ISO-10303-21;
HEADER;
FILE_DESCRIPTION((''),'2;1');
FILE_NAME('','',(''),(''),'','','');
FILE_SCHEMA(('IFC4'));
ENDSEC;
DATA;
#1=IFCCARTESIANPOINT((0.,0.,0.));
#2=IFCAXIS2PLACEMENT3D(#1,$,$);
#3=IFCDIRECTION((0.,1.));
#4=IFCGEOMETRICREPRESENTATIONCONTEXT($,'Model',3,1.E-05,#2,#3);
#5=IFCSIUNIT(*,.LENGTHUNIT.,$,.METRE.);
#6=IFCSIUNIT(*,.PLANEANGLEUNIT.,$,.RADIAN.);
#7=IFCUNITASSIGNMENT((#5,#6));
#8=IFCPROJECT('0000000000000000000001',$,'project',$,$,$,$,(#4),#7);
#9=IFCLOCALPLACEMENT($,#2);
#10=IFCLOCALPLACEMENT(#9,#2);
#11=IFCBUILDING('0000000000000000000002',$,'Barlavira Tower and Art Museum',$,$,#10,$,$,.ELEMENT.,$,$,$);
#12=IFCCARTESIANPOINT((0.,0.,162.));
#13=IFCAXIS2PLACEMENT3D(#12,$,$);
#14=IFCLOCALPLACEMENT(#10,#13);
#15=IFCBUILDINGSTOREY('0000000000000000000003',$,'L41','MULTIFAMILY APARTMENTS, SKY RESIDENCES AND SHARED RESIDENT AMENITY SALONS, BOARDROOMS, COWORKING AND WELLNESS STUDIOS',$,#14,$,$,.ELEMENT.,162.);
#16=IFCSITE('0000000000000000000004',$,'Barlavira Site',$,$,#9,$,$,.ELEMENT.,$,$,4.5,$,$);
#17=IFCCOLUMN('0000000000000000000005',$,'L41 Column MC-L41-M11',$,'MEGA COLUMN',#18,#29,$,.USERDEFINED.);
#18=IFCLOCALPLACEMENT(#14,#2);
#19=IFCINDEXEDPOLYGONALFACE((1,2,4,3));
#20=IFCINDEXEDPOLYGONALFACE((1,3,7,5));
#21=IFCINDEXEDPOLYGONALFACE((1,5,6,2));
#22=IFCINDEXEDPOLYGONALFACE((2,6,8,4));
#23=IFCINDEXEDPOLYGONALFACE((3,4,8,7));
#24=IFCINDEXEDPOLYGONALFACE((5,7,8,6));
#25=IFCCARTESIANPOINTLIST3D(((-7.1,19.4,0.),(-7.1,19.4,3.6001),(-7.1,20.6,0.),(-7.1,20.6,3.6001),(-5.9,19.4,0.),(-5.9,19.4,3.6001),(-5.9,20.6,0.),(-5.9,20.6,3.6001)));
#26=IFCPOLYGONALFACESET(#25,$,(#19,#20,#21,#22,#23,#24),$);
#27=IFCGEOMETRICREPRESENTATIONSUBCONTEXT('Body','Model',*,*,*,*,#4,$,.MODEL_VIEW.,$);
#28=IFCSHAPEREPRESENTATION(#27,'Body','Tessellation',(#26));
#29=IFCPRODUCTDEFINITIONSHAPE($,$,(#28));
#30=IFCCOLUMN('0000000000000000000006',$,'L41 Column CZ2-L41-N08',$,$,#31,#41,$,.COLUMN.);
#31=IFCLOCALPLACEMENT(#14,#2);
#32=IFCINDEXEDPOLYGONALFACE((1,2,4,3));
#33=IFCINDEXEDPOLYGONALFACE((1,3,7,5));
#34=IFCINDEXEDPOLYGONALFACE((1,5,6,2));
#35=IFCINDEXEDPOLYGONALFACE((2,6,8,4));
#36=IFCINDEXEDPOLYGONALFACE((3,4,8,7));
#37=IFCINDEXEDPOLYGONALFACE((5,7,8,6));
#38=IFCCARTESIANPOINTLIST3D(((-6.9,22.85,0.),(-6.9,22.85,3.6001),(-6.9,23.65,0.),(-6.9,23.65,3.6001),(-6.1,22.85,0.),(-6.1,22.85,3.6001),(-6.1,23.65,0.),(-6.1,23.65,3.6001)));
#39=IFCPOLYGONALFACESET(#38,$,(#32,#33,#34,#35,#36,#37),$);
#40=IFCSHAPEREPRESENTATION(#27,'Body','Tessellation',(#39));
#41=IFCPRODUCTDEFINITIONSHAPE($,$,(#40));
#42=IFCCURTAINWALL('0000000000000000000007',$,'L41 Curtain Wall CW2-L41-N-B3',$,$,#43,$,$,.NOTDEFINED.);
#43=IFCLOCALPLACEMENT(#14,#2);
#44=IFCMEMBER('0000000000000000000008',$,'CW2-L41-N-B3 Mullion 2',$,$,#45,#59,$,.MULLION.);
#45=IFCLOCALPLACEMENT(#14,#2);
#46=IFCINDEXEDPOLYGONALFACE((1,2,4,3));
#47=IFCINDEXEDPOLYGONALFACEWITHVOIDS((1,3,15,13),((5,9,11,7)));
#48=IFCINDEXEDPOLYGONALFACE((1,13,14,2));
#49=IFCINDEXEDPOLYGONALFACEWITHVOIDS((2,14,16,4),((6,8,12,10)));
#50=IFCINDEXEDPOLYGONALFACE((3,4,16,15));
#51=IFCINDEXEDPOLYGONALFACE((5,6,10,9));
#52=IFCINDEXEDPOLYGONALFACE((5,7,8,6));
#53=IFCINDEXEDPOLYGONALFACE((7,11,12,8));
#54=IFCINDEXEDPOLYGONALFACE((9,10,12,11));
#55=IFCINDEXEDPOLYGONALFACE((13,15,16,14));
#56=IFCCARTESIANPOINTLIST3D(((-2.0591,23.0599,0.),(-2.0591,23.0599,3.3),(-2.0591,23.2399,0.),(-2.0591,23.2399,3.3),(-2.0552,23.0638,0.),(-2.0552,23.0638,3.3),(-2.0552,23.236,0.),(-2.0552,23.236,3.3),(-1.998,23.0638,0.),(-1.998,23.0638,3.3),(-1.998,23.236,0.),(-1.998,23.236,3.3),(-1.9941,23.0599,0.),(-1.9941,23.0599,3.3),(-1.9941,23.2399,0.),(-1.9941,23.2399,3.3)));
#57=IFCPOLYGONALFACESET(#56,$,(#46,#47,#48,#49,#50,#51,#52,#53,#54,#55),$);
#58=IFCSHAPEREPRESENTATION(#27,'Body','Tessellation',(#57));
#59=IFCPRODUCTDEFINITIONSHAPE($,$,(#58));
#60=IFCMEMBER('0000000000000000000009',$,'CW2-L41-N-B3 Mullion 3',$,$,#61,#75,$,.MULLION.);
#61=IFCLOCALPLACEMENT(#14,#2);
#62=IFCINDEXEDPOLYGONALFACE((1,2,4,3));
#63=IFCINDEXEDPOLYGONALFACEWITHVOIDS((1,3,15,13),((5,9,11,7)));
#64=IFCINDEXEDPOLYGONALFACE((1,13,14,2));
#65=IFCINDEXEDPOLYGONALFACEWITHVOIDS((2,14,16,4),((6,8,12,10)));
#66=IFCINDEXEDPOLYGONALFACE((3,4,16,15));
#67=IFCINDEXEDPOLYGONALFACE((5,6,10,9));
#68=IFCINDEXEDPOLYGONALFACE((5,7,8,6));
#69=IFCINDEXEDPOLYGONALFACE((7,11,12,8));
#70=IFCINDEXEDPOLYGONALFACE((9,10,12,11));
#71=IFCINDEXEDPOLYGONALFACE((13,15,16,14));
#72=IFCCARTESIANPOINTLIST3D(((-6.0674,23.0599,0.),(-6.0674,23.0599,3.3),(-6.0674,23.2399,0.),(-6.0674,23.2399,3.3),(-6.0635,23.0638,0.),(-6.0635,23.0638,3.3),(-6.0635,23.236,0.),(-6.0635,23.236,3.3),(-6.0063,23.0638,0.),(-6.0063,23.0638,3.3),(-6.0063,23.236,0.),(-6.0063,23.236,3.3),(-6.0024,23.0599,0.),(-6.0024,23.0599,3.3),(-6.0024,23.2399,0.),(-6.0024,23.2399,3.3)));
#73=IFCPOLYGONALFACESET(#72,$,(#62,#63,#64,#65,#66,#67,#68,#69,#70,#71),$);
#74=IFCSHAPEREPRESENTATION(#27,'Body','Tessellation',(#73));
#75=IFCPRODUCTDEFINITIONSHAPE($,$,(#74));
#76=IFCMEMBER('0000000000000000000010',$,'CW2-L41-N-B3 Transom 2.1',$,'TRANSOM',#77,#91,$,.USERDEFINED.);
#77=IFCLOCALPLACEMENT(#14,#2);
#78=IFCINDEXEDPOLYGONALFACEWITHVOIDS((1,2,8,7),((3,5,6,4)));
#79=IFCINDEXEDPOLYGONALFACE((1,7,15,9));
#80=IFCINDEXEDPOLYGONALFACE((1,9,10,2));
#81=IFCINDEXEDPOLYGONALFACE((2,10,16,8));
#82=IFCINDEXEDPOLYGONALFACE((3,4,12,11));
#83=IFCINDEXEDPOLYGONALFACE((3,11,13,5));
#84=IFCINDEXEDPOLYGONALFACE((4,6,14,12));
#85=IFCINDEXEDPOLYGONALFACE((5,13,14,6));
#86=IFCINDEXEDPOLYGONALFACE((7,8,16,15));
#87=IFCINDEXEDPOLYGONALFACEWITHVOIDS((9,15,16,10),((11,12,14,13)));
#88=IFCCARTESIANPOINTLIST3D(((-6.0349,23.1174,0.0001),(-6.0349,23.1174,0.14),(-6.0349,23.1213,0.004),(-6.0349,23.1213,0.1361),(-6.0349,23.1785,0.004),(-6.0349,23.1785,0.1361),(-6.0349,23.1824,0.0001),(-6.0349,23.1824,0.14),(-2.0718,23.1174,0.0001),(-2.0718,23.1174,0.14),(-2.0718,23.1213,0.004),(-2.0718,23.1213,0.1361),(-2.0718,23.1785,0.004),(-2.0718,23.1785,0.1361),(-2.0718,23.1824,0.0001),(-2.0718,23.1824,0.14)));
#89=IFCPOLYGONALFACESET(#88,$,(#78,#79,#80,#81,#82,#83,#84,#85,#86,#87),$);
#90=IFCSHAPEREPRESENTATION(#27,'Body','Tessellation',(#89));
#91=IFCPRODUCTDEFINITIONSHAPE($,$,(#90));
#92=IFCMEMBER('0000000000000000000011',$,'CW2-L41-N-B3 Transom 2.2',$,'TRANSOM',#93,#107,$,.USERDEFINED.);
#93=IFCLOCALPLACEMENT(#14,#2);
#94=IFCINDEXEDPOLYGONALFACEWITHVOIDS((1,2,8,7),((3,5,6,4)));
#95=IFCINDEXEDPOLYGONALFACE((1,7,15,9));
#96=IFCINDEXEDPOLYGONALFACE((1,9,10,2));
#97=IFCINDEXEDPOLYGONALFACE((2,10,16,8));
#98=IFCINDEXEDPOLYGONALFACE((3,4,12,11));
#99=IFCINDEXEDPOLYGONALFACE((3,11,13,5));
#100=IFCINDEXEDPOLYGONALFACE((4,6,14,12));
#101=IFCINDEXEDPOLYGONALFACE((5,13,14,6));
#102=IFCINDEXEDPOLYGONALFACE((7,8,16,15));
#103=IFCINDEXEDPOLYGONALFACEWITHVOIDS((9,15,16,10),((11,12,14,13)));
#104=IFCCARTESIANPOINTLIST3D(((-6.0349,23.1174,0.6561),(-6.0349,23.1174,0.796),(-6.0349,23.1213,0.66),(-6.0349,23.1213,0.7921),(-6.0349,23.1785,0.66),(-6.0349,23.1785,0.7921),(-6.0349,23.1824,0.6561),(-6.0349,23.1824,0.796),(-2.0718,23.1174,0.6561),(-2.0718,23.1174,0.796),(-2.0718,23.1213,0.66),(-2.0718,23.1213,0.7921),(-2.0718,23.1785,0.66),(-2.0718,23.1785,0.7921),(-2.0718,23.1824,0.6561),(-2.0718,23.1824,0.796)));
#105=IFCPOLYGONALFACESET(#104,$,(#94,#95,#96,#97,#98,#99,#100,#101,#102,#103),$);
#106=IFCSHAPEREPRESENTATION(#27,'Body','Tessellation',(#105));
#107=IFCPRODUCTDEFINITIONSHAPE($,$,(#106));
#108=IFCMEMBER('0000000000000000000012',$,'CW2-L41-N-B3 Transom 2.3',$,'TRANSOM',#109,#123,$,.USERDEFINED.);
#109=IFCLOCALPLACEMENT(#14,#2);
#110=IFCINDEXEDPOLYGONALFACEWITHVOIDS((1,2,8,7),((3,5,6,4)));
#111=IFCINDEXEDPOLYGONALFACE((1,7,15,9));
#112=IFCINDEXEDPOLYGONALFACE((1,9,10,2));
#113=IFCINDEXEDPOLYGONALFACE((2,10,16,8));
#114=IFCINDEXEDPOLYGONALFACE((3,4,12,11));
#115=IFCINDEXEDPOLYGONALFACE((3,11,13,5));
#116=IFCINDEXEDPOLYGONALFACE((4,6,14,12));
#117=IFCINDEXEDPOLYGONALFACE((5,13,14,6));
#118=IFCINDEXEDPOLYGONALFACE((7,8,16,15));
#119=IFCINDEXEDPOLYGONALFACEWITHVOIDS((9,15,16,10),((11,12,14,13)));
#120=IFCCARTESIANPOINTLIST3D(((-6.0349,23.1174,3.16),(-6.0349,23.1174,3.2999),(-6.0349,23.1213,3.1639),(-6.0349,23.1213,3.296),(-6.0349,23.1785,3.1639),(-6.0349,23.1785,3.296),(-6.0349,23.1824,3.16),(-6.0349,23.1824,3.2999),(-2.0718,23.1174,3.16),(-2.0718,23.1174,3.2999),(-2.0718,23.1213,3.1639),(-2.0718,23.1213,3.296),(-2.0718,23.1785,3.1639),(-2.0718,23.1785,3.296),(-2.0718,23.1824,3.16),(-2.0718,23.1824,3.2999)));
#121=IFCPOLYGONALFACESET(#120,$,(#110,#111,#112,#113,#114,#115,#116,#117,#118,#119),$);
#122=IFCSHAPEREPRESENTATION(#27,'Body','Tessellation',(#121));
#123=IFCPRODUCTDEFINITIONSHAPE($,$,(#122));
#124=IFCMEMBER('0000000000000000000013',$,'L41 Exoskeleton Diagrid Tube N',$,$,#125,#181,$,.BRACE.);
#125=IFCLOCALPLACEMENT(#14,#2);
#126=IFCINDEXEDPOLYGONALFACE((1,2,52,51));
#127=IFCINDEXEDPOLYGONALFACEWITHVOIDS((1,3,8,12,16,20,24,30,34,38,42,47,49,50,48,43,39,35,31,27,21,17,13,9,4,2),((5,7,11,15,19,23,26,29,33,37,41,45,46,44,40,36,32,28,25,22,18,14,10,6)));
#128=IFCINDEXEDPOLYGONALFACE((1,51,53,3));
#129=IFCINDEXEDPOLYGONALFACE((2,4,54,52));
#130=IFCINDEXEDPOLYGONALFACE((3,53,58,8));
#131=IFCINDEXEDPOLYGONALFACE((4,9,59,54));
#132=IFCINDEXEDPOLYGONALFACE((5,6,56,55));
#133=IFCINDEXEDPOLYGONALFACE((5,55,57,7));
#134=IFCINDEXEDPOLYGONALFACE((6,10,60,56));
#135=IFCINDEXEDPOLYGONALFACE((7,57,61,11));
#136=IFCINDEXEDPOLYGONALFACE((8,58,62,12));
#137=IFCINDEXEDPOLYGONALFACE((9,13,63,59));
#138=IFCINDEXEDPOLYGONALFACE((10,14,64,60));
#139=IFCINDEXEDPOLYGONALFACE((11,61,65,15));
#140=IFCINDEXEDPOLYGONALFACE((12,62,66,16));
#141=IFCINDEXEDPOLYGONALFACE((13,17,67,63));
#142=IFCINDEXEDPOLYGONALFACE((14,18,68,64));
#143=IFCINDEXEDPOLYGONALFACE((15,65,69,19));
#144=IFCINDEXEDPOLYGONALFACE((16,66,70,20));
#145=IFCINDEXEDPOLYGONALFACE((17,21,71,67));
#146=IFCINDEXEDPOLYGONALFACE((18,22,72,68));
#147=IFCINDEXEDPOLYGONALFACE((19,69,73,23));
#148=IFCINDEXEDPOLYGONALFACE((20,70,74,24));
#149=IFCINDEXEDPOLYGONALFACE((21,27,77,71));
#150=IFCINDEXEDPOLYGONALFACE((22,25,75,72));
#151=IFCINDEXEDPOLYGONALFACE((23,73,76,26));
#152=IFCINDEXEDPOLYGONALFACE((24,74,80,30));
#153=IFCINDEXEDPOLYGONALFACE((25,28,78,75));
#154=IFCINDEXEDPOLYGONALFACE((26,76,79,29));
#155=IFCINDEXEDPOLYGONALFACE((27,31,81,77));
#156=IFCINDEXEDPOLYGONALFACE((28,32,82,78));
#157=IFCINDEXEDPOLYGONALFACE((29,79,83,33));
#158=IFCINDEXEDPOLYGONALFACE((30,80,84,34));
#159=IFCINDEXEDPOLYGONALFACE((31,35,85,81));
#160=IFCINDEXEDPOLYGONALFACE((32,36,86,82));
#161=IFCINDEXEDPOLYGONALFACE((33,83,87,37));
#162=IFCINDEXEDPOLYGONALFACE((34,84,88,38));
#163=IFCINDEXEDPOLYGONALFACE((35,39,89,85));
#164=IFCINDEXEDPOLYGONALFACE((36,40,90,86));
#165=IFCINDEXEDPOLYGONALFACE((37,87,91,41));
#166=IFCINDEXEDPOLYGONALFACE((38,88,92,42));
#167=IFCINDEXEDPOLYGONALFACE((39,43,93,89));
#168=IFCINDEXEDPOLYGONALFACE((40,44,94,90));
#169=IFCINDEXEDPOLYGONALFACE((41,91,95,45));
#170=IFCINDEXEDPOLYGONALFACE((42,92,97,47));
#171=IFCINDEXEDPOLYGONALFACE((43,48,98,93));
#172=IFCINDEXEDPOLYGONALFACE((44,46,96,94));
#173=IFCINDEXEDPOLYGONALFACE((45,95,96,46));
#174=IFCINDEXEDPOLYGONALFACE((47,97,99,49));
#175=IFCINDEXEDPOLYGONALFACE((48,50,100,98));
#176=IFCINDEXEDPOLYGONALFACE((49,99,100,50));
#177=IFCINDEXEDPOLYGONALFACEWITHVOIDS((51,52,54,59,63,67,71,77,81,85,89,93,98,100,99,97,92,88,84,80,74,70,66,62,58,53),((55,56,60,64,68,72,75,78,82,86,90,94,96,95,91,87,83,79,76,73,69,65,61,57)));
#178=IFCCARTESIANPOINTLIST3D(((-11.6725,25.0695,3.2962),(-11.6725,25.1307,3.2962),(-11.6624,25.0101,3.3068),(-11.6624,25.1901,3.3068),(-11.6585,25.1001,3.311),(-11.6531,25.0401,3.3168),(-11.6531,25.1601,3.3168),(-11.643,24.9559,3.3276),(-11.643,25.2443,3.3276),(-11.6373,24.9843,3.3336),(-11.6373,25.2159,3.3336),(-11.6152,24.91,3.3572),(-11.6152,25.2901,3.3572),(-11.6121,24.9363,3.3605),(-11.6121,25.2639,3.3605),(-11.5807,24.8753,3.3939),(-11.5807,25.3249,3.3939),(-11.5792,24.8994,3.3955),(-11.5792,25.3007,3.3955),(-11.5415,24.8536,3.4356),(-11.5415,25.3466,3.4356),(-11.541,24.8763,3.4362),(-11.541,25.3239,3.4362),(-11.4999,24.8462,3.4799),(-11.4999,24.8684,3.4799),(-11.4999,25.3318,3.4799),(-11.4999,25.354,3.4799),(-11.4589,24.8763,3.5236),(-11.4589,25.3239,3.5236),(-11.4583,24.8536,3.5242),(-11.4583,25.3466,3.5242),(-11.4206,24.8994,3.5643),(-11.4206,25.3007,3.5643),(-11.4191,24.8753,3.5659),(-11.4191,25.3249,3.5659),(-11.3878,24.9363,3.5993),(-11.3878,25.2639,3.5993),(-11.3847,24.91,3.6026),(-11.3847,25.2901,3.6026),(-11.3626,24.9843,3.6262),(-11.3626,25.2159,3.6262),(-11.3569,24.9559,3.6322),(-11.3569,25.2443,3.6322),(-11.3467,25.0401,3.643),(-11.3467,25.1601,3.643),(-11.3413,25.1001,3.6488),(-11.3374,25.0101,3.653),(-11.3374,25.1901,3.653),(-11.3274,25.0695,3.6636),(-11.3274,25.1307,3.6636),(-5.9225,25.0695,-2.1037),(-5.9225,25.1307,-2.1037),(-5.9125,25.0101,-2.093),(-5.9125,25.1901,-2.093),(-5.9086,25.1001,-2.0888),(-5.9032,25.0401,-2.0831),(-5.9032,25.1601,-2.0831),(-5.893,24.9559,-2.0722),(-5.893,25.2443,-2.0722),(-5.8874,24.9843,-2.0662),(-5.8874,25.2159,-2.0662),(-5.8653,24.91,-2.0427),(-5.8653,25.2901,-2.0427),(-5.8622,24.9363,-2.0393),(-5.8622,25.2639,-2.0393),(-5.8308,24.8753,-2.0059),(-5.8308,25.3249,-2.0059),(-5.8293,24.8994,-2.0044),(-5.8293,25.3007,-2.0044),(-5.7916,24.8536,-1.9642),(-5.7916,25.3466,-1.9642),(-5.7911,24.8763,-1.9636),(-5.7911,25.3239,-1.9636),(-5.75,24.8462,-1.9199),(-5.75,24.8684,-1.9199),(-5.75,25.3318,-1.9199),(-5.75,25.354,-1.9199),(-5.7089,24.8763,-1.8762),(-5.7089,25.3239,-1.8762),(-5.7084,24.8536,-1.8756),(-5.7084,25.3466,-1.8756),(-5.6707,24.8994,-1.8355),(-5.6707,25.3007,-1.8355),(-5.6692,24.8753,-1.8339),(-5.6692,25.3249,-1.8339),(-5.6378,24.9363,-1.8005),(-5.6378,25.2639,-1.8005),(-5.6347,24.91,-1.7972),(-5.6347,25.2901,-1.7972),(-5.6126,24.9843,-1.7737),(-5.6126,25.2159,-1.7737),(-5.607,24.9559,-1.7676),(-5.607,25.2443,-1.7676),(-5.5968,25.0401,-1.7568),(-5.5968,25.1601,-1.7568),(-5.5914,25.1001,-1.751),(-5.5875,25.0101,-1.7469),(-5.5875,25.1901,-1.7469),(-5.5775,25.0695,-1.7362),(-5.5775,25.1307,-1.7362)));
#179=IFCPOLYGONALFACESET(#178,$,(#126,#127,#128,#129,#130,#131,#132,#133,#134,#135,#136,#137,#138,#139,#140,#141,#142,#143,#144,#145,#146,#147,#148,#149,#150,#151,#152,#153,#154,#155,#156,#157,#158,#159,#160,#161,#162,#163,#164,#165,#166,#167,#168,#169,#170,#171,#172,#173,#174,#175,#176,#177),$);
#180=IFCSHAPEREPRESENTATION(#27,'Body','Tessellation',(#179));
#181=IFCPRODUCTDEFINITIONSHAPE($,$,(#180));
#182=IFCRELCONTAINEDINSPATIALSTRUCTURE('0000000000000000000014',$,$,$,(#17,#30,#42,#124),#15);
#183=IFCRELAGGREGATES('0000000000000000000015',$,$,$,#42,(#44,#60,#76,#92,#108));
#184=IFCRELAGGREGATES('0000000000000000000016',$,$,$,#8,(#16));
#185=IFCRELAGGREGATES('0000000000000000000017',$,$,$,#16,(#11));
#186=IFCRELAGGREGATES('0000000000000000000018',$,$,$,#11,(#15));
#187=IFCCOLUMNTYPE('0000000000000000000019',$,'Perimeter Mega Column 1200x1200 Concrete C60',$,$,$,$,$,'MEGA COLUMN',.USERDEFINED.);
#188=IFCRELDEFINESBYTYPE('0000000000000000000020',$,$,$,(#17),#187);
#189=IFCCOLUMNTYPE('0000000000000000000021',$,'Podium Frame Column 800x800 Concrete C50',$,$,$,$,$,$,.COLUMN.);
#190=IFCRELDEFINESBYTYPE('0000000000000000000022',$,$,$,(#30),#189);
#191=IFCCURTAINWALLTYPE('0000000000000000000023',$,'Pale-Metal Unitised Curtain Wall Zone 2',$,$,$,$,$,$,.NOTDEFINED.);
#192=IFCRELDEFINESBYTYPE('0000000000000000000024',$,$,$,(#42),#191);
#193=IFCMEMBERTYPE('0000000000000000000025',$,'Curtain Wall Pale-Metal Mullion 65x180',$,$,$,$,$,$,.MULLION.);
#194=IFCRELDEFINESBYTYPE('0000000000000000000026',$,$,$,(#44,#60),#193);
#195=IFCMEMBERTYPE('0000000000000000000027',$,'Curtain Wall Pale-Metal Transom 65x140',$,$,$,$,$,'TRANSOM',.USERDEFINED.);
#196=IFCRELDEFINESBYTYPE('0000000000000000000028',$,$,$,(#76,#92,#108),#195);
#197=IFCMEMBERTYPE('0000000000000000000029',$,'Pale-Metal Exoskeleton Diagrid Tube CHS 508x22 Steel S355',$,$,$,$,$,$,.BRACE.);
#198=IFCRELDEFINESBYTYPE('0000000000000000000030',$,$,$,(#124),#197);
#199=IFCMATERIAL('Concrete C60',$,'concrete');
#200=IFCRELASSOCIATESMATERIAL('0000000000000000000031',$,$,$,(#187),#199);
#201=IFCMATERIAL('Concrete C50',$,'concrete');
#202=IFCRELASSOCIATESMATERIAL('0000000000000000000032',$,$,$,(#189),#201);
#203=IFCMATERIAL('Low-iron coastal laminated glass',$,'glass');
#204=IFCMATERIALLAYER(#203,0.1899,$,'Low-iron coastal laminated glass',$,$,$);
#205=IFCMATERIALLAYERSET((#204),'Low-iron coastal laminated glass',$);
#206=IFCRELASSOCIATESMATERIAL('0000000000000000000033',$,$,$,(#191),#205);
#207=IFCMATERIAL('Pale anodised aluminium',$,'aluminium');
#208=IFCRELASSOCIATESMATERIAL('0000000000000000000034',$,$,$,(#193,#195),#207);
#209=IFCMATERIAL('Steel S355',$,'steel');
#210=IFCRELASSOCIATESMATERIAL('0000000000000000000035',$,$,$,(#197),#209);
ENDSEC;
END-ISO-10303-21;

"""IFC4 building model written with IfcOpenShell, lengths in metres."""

from ifc_helpers import new_model, si_unit, direction, frame, origin, origin_2d, place, context, subcontext, project, spatial, rectangle, hollow_rectangle, hollow_circle, extrude, material, layer, layer_set, material_profile, profile_set, type_object, element, aggregate, save


model = new_model("IFC4")

# Units and contexts
model_context = context("Model", 3, precision=1e-05, world=origin(), true_north=direction((0.0, 1.0)))
body_context = subcontext(model_context, "Body", "Model", "MODEL_VIEW")
ifc_project = project(units=[si_unit("LENGTHUNIT", "METRE"), si_unit("PLANEANGLEUNIT", "RADIAN")], contexts=[model_context])

# Site, building, storey
site_placement = place(None, origin())
site = spatial("IfcSite", under=ifc_project, at=site_placement, Name="Barlavira Site", CompositionType="ELEMENT", RefElevation=4.5)
building_placement = place(site_placement, origin())
building = spatial("IfcBuilding", under=site, at=building_placement, Name="Barlavira Tower and Art Museum", CompositionType="ELEMENT")
storey_placement = place(building_placement, frame((0.0, 0.0, 162.0)))
storey = spatial("IfcBuildingStorey", under=building, at=storey_placement, Name="L41", Description="MULTIFAMILY APARTMENTS, SKY RESIDENCES AND SHARED RESIDENT AMENITY SALONS, BOARDROOMS, COWORKING AND WELLNESS STUDIOS", CompositionType="ELEMENT", Elevation=162.0)

# Columns
ifc_material_1 = material(Name="Concrete C60", Category="concrete")
ifc_material_profile_1 = material_profile(ifc_material_1, rectangle(XDim=1.2, YDim=1.2, at=origin_2d()), Name="RC-COL 1200x1200")
ifc_profile_set_1 = profile_set([ifc_material_profile_1], Name="Concrete C60")
column_type_1 = type_object("IfcColumnType", Name="Perimeter Mega Column 1200x1200 Concrete C60", ElementType="MEGA COLUMN", PredefinedType="USERDEFINED", material=ifc_profile_set_1)
column_1_placement = place(storey_placement, frame((-6.5, 20.0, 0.0), z_axis=(0.0, 0.0, 1.0), x_axis=(1.0, 0.0, 0.0)))
element("IfcColumn", 1, at=column_1_placement, inside=storey, type_object=column_type_1, Name="L41 Column MC-L41-M11", ObjectType="MEGA COLUMN", PredefinedType="USERDEFINED", context=body_context, shape_type="SweptSolid", body=[
    extrude(rectangle(XDim=1.2, YDim=1.2, at=origin_2d()), origin(), (0.0, 0.0, 1.0), 3.6001),
])
ifc_material_2 = material(Name="Concrete C50", Category="concrete")
ifc_material_profile_2 = material_profile(ifc_material_2, rectangle(XDim=0.8, YDim=0.8, at=origin_2d()), Name="RC-COL 800x800")
ifc_profile_set_2 = profile_set([ifc_material_profile_2], Name="Concrete C50")
column_type_2 = type_object("IfcColumnType", Name="Podium Frame Column 800x800 Concrete C50", PredefinedType="COLUMN", material=ifc_profile_set_2)
column_2_placement = place(storey_placement, frame((-6.5, 23.25, 0.0), z_axis=(0.0, 0.0, 1.0), x_axis=(1.0, 0.0, 0.0)))
element("IfcColumn", 2, at=column_2_placement, inside=storey, type_object=column_type_2, Name="L41 Column CZ2-L41-N08", PredefinedType="COLUMN", context=body_context, shape_type="SweptSolid", body=[
    extrude(rectangle(XDim=0.8, YDim=0.8, at=origin_2d()), origin(), (0.0, 0.0, 1.0), 3.6001),
])

# Curtain wall, members
ifc_material_3 = material(Name="Low-iron coastal laminated glass", Category="glass")
ifc_layer_1 = layer(ifc_material_3, 0.1899, Name="Low-iron coastal laminated glass")
ifc_layer_set_1 = layer_set([ifc_layer_1], Name="Low-iron coastal laminated glass")
curtain_wall_type = type_object("IfcCurtainWallType", Name="Pale-Metal Unitised Curtain Wall Zone 2", PredefinedType="NOTDEFINED", material=ifc_layer_set_1)
curtain_wall_placement = place(storey_placement, origin())
curtain_wall = element("IfcCurtainWall", 3, at=curtain_wall_placement, inside=storey, type_object=curtain_wall_type, Name="L41 Curtain Wall CW2-L41-N-B3", PredefinedType="NOTDEFINED")
ifc_material_4 = material(Name="Pale anodised aluminium", Category="aluminium")
ifc_material_profile_3 = material_profile(ifc_material_4, hollow_rectangle(XDim=0.0649, YDim=0.1799, WallThickness=0.0039, at=origin_2d()), Name="ALU-MULL 65x180x4")
ifc_profile_set_3 = profile_set([ifc_material_profile_3], Name="Pale anodised aluminium")
member_type_1 = type_object("IfcMemberType", Name="Curtain Wall Pale-Metal Mullion 65x180", PredefinedType="MULLION", material=ifc_profile_set_3)
member_1_placement = place(storey_placement, frame((-2.0266, 23.1499, 0.0), z_axis=(0.0, 0.0, 1.0), x_axis=(-1.0, 0.0, 0.0)))
member_1 = element("IfcMember", 4, at=member_1_placement, type_object=member_type_1, Name="CW2-L41-N-B3 Mullion 2", PredefinedType="MULLION", context=body_context, shape_type="SweptSolid", body=[
    extrude(hollow_rectangle(XDim=0.0649, YDim=0.1799, WallThickness=0.0039, at=origin_2d()), origin(), (0.0, 0.0, 1.0), 3.3),
])
member_2_placement = place(storey_placement, frame((-6.0349, 23.1499, 0.0), z_axis=(0.0, 0.0, 1.0), x_axis=(-1.0, 0.0, 0.0)))
member_2 = element("IfcMember", 5, at=member_2_placement, type_object=member_type_1, Name="CW2-L41-N-B3 Mullion 3", PredefinedType="MULLION", context=body_context, shape_type="SweptSolid", body=[
    extrude(hollow_rectangle(XDim=0.0649, YDim=0.1799, WallThickness=0.0039, at=origin_2d()), origin(), (0.0, 0.0, 1.0), 3.3),
])
ifc_material_profile_4 = material_profile(ifc_material_4, hollow_rectangle(XDim=0.0649, YDim=0.1399, WallThickness=0.0039, at=origin_2d()), Name="ALU-TRAN 65x140x4")
ifc_profile_set_4 = profile_set([ifc_material_profile_4], Name="Pale anodised aluminium")
member_type_2 = type_object("IfcMemberType", Name="Curtain Wall Pale-Metal Transom 65x140", ElementType="TRANSOM", PredefinedType="USERDEFINED", material=ifc_profile_set_4)
member_3_placement = place(storey_placement, frame((-2.0718, 23.1499, 0.0701), z_axis=(-1.0, 0.0, 0.0), x_axis=(0.0, -1.0, 0.0)))
member_3 = element("IfcMember", 6, at=member_3_placement, type_object=member_type_2, Name="CW2-L41-N-B3 Transom 2.1", ObjectType="TRANSOM", PredefinedType="USERDEFINED", context=body_context, shape_type="SweptSolid", body=[
    extrude(hollow_rectangle(XDim=0.0649, YDim=0.1399, WallThickness=0.0039, at=origin_2d()), origin(), (0.0, 0.0, 1.0), 3.9631),
])
member_4_placement = place(storey_placement, frame((-2.0718, 23.1499, 0.7261), z_axis=(-1.0, 0.0, 0.0), x_axis=(0.0, -1.0, 0.0)))
member_4 = element("IfcMember", 7, at=member_4_placement, type_object=member_type_2, Name="CW2-L41-N-B3 Transom 2.2", ObjectType="TRANSOM", PredefinedType="USERDEFINED", context=body_context, shape_type="SweptSolid", body=[
    extrude(hollow_rectangle(XDim=0.0649, YDim=0.1399, WallThickness=0.0039, at=origin_2d()), origin(), (0.0, 0.0, 1.0), 3.9631),
])
member_5_placement = place(storey_placement, frame((-2.0718, 23.1499, 3.23), z_axis=(-1.0, 0.0, 0.0), x_axis=(0.0, -1.0, 0.0)))
member_5 = element("IfcMember", 8, at=member_5_placement, type_object=member_type_2, Name="CW2-L41-N-B3 Transom 2.3", ObjectType="TRANSOM", PredefinedType="USERDEFINED", context=body_context, shape_type="SweptSolid", body=[
    extrude(hollow_rectangle(XDim=0.0649, YDim=0.1399, WallThickness=0.0039, at=origin_2d()), origin(), (0.0, 0.0, 1.0), 3.9631),
])

# Member
ifc_material_5 = material(Name="Steel S355", Category="steel")
ifc_material_profile_5 = material_profile(ifc_material_5, hollow_circle(Radius=0.2539, WallThickness=0.0222, at=origin_2d()), Name="CHS 508.0x22.2")
ifc_profile_set_5 = profile_set([ifc_material_profile_5], Name="Steel S355")
member_type_3 = type_object("IfcMemberType", Name="Pale-Metal Exoskeleton Diagrid Tube CHS 508x22 Steel S355", PredefinedType="BRACE", material=ifc_profile_set_5)
for number, where, z_axis, x_axis, name in (
    (9, (-5.75, 25.1001, -1.9199), (-0.72895, 0.0, 0.684567), (0.0, -1.0, 0.0), "L41 Exoskeleton Diagrid Tube N"),
):
    element("IfcMember", number, at=place(storey_placement, frame(where, z_axis=z_axis, x_axis=x_axis)), inside=storey, type_object=member_type_3, Name=name, PredefinedType="BRACE", context=body_context, shape_type="SweptSolid", body=[
        extrude(hollow_circle(Radius=0.2539, WallThickness=0.0222, at=origin_2d()), origin(), (0.0, 0.0, 1.0), 7.8879),
    ])

aggregate(curtain_wall, [member_1, member_2, member_3, member_4, member_5])

save(model, "model.ifc")
